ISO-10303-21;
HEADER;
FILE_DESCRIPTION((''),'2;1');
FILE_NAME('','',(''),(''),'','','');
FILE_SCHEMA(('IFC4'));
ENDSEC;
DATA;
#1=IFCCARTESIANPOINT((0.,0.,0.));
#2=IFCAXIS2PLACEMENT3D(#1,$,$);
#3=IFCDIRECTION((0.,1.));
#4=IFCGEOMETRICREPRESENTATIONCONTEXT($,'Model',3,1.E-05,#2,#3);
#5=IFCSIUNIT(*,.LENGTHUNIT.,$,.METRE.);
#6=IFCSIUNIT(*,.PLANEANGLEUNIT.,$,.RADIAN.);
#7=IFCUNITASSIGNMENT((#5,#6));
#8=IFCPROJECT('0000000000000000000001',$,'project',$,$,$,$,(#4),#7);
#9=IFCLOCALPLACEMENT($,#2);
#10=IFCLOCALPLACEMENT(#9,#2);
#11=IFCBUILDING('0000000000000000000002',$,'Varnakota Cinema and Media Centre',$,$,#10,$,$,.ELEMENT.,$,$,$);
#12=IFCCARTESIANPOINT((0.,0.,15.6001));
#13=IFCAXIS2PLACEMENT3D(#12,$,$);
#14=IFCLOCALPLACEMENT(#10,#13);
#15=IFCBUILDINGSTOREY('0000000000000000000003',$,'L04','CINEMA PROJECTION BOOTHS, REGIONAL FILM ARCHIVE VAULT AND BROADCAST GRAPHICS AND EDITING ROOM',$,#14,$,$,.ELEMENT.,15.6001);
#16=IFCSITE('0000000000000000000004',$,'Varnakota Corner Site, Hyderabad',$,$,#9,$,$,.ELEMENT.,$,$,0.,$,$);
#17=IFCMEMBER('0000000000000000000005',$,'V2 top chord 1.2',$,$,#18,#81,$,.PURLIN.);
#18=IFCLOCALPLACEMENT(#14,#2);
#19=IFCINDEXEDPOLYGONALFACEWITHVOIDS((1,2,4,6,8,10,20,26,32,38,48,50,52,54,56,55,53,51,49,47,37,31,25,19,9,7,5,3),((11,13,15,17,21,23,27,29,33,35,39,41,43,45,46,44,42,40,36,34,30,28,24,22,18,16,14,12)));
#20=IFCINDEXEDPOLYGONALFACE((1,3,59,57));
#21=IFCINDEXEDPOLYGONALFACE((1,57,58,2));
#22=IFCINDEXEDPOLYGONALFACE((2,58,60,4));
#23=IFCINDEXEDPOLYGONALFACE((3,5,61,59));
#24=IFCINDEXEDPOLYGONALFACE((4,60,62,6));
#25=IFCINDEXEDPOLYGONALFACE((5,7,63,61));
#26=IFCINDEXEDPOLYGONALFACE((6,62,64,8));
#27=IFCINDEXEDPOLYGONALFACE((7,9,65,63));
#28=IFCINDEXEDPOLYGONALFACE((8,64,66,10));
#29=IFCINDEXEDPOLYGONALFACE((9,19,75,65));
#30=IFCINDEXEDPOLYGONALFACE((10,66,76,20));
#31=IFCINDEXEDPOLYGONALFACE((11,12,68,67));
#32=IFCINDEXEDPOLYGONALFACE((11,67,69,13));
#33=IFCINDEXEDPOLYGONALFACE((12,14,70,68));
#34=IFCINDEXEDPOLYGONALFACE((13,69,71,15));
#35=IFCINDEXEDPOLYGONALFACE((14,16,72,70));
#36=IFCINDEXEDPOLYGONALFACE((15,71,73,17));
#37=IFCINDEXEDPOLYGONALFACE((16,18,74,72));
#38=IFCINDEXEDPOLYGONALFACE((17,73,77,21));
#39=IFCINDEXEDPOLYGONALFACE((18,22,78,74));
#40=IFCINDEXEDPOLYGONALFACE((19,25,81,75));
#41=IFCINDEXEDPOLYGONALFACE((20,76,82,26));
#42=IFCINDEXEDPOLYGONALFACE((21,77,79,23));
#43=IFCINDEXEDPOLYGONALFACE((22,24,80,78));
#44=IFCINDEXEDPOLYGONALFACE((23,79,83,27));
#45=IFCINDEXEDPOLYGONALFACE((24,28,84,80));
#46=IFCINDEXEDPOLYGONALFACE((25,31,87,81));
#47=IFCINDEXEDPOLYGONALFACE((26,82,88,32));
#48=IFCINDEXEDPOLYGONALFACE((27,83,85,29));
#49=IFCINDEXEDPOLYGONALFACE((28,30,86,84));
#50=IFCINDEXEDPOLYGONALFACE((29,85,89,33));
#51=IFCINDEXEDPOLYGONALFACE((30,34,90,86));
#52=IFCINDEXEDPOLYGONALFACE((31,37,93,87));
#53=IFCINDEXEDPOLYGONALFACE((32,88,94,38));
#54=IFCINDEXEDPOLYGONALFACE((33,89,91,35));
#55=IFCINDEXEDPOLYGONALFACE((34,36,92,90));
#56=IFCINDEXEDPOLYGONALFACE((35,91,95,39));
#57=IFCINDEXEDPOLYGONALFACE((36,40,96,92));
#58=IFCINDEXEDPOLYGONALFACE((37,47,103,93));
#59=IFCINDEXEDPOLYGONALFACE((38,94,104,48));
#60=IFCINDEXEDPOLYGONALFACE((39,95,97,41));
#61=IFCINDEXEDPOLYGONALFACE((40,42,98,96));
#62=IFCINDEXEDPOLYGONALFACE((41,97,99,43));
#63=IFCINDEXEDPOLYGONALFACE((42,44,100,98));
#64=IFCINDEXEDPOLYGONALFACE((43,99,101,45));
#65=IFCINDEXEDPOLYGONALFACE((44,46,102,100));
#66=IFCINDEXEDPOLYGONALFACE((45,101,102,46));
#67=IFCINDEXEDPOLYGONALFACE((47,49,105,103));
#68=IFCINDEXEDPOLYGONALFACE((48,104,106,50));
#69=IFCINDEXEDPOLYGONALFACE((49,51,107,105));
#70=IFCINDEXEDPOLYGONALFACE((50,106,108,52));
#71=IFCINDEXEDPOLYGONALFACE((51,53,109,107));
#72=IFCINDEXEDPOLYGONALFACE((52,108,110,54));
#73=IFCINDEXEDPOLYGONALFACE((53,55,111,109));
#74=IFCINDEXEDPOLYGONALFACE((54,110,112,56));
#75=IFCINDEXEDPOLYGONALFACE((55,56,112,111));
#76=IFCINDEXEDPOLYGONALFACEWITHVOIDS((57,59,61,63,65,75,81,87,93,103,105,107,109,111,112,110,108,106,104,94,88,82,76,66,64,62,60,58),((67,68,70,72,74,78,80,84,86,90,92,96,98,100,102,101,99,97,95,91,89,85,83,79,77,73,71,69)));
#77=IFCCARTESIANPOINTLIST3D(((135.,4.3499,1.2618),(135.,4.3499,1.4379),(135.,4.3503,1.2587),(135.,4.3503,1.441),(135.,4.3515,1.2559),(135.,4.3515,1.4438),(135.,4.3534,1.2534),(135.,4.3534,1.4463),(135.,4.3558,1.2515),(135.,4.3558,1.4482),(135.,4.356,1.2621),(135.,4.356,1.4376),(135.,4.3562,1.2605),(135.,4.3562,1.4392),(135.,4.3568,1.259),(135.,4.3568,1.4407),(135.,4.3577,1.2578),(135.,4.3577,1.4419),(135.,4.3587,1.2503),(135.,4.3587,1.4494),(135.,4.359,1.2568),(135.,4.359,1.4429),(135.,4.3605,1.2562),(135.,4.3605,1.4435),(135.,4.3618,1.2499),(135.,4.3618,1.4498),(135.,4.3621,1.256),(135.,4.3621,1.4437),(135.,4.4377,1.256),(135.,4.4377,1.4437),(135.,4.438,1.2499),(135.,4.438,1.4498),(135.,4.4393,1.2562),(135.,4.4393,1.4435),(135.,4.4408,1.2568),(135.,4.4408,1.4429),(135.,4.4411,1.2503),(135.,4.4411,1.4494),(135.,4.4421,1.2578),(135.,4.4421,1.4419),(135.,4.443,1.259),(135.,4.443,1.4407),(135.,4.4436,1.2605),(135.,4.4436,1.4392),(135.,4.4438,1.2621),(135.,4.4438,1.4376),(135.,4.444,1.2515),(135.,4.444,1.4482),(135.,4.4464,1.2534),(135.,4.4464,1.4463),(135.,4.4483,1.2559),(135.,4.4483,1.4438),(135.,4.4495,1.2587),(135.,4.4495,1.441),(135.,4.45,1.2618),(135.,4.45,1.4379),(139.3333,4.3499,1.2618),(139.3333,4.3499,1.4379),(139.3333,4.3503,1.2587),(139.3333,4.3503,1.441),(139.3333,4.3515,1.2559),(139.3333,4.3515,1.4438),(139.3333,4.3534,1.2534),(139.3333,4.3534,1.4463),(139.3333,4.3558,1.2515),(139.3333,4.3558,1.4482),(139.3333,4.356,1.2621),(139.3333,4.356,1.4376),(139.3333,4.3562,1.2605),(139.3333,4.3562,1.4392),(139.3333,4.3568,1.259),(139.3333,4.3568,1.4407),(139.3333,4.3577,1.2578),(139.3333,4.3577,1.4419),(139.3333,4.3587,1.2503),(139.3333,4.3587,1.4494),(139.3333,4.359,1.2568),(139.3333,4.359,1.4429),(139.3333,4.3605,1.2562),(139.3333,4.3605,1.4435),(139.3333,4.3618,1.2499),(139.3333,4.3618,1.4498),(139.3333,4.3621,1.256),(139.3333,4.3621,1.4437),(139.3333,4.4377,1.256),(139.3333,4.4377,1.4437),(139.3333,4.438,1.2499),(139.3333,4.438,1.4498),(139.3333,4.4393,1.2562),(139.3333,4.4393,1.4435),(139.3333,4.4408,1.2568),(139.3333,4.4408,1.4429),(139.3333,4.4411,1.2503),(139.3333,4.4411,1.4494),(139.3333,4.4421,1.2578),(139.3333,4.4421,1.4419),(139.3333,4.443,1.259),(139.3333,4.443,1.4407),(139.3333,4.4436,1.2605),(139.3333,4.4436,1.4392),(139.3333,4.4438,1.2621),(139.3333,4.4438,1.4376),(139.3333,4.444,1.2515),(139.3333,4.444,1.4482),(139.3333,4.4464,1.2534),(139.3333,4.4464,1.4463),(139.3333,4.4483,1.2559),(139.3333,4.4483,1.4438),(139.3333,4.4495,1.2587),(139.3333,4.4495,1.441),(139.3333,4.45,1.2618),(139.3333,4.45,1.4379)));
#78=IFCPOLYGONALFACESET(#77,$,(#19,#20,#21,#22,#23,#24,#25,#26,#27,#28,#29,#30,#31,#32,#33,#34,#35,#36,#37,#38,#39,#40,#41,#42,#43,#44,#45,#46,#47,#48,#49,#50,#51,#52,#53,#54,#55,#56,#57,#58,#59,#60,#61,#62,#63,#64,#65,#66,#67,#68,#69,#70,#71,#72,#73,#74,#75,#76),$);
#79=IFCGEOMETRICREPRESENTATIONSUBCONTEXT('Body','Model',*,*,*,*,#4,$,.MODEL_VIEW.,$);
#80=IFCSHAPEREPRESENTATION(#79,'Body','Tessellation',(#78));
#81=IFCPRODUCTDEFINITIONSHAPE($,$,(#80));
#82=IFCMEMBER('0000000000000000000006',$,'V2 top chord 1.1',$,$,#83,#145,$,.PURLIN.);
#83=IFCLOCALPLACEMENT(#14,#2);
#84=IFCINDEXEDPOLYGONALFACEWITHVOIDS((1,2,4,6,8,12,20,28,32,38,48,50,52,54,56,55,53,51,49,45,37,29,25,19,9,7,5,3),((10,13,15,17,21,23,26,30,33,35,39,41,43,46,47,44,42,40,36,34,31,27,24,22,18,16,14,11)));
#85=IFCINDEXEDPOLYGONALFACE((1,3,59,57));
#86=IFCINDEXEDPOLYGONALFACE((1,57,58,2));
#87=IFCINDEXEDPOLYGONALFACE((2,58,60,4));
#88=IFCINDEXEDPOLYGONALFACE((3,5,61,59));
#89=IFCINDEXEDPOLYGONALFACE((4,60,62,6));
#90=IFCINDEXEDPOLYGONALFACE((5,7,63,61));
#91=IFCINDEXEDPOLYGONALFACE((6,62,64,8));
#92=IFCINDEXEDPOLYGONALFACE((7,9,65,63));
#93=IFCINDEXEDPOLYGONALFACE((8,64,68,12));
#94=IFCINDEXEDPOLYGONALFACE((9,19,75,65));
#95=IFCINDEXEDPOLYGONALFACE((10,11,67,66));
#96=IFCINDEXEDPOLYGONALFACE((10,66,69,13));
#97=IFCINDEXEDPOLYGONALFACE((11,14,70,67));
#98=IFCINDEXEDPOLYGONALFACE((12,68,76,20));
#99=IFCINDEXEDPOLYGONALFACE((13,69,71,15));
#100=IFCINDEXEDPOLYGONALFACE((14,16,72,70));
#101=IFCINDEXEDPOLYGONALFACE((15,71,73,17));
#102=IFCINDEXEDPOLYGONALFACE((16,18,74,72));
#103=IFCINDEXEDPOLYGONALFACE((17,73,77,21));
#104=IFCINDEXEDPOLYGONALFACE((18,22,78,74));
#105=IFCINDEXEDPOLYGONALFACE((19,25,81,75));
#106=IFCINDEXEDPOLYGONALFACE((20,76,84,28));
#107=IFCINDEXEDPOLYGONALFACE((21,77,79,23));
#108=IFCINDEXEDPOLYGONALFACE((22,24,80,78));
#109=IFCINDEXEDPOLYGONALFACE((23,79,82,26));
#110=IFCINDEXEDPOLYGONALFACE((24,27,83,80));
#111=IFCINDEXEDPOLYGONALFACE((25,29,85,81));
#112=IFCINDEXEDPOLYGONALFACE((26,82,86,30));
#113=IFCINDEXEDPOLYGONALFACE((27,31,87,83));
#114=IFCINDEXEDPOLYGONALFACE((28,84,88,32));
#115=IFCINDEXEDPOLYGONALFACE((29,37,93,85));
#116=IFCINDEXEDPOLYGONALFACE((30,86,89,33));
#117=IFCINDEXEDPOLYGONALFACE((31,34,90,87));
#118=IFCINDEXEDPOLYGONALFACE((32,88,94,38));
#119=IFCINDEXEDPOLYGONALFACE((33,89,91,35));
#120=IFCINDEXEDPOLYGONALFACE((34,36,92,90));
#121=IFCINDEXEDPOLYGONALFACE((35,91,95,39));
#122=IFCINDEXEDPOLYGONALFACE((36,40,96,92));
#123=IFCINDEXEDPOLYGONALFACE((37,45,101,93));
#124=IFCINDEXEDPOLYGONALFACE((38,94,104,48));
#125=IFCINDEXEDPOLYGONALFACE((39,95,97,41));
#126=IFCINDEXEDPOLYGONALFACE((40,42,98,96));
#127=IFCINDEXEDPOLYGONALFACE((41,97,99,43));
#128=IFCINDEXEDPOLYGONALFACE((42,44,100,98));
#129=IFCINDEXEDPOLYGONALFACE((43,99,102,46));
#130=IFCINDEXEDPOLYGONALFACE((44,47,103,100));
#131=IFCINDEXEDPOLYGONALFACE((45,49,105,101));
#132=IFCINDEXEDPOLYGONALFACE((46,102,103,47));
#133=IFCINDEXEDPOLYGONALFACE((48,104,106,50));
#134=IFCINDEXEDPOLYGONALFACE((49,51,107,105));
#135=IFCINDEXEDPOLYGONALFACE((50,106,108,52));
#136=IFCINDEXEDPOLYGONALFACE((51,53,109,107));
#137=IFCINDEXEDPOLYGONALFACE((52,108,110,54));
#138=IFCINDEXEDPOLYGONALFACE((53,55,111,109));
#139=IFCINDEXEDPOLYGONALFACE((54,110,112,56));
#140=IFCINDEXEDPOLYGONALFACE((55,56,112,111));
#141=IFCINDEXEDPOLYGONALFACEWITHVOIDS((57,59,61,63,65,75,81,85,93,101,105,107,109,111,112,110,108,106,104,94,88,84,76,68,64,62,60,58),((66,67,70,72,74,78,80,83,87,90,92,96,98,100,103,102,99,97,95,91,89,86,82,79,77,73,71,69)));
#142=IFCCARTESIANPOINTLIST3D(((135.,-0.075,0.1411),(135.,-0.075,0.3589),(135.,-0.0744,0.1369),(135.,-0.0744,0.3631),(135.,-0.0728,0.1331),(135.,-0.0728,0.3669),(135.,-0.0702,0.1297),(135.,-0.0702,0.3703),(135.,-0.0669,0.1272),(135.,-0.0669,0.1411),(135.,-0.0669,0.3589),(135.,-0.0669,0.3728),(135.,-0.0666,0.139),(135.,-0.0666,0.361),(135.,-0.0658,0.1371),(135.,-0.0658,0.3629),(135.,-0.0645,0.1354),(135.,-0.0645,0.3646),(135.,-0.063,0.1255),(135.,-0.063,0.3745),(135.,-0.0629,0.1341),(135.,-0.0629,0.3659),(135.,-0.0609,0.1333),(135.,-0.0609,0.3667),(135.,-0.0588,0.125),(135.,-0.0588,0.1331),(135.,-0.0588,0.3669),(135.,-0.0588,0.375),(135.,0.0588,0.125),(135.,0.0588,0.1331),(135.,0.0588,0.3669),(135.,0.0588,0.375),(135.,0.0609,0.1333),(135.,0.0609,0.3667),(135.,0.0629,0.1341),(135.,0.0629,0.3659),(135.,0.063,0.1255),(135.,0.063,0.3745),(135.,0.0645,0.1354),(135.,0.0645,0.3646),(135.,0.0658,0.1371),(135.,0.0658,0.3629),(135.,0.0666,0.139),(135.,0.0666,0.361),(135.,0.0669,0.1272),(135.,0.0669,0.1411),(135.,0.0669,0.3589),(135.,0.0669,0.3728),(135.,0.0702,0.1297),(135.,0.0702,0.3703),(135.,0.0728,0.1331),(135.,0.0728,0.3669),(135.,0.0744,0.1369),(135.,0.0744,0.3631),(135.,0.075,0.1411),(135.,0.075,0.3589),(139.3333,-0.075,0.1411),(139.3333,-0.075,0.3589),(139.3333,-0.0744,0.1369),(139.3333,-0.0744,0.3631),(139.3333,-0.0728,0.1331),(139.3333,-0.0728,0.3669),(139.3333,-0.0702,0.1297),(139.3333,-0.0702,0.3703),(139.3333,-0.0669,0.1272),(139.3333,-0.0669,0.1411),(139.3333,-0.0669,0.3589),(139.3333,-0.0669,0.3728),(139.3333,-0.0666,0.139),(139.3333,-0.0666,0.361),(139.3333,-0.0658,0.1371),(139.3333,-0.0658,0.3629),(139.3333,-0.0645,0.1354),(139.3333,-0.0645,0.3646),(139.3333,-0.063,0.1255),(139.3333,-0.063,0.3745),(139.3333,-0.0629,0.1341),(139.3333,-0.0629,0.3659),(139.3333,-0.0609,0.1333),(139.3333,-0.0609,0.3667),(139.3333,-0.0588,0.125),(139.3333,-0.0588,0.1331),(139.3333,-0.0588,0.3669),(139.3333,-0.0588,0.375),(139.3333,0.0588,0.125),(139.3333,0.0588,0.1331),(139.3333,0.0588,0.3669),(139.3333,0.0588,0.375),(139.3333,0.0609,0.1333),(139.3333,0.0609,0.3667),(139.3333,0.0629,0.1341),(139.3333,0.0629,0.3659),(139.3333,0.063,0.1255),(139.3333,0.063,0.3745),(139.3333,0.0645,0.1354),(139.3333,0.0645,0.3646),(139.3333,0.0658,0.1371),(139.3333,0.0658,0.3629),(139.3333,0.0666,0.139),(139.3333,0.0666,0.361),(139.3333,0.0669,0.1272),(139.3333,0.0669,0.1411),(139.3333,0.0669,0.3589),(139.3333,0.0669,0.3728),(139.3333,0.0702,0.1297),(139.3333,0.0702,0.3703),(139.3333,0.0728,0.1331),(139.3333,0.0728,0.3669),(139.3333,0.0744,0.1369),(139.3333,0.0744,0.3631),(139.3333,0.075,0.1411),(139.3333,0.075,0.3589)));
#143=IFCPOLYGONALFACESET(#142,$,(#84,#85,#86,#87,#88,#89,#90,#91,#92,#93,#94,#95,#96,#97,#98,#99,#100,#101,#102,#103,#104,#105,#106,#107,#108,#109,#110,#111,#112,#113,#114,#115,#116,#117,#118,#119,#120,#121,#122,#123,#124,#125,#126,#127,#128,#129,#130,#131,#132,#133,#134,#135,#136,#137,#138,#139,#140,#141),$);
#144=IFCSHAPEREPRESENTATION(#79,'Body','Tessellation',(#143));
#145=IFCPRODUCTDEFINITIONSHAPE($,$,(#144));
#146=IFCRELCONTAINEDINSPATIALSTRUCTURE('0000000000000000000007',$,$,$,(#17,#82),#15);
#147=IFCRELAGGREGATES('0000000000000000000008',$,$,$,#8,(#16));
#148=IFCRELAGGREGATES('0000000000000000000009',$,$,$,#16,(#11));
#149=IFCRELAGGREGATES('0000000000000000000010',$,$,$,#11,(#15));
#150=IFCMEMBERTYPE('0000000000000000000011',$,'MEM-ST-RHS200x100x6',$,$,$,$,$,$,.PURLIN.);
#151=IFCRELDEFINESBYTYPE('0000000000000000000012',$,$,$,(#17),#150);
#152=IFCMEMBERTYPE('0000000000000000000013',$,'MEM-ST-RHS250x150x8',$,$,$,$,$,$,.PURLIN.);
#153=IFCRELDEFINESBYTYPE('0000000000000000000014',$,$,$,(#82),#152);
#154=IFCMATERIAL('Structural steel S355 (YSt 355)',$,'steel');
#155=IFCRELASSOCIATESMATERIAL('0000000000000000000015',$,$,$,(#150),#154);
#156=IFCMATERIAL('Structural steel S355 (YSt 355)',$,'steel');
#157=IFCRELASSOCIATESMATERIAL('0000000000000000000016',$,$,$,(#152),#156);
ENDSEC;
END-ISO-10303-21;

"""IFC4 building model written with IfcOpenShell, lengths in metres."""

from ifc_helpers import new_model, si_unit, direction, frame, origin, origin_2d, place, context, subcontext, project, spatial, hollow_rectangle, extrude, material, material_profile, profile_set, type_object, element, save


model = new_model("IFC4")

# Units and contexts
model_context = context("Model", 3, precision=1e-05, world=origin(), true_north=direction((0.0, 1.0)))
body_context = subcontext(model_context, "Body", "Model", "MODEL_VIEW")
ifc_project = project(units=[si_unit("LENGTHUNIT", "METRE"), si_unit("PLANEANGLEUNIT", "RADIAN")], contexts=[model_context])

# Site, building, storey
site_placement = place(None, origin())
site = spatial("IfcSite", under=ifc_project, at=site_placement, Name="Varnakota Corner Site, Hyderabad", CompositionType="ELEMENT", RefElevation=0.0)
building_placement = place(site_placement, origin())
building = spatial("IfcBuilding", under=site, at=building_placement, Name="Varnakota Cinema and Media Centre", CompositionType="ELEMENT")
storey_placement = place(building_placement, frame((0.0, 0.0, 15.6001)))
storey = spatial("IfcBuildingStorey", under=building, at=storey_placement, Name="L04", Description="CINEMA PROJECTION BOOTHS, REGIONAL FILM ARCHIVE VAULT AND BROADCAST GRAPHICS AND EDITING ROOM", CompositionType="ELEMENT", Elevation=15.6001)

# Members
ifc_material_1 = material(Name="Structural steel S355 (YSt 355)", Category="steel")
ifc_material_profile_1 = material_profile(ifc_material_1, hollow_rectangle(XDim=0.1001, YDim=0.2, WallThickness=0.0061, InnerFilletRadius=0.0061, OuterFilletRadius=0.012, at=origin_2d()), Name="RHS 200x100x6")
ifc_profile_set_1 = profile_set([ifc_material_profile_1], Name="Structural steel S355 (YSt 355)")
member_type_1 = type_object("IfcMemberType", Name="MEM-ST-RHS200x100x6", PredefinedType="PURLIN", material=ifc_profile_set_1)
member_1_placement = place(storey_placement, frame((135.0, 4.3999, 1.3499), z_axis=(1.0, 0.0, 0.0), x_axis=(0.0, 1.0, 0.0)))
element("IfcMember", 1, at=member_1_placement, inside=storey, type_object=member_type_1, Name="V2 top chord 1.2", PredefinedType="PURLIN", context=body_context, shape_type="SweptSolid", body=[
    extrude(hollow_rectangle(XDim=0.1001, YDim=0.2, WallThickness=0.0061, InnerFilletRadius=0.0061, OuterFilletRadius=0.012, at=origin_2d()), origin(), (0.0, 0.0, 1.0), 4.3333),
])
ifc_material_2 = material(Name="Structural steel S355 (YSt 355)", Category="steel")
ifc_material_profile_2 = material_profile(ifc_material_2, hollow_rectangle(XDim=0.1499, YDim=0.25, WallThickness=0.0081, InnerFilletRadius=0.0081, OuterFilletRadius=0.0161, at=origin_2d()), Name="RHS 250x150x8")
ifc_profile_set_2 = profile_set([ifc_material_profile_2], Name="Structural steel S355 (YSt 355)")
member_type_2 = type_object("IfcMemberType", Name="MEM-ST-RHS250x150x8", PredefinedType="PURLIN", material=ifc_profile_set_2)
member_2_placement = place(storey_placement, frame((135.0, 0.0, 0.25), z_axis=(1.0, 0.0, 0.0), x_axis=(0.0, 1.0, 0.0)))
element("IfcMember", 2, at=member_2_placement, inside=storey, type_object=member_type_2, Name="V2 top chord 1.1", PredefinedType="PURLIN", context=body_context, shape_type="SweptSolid", body=[
    extrude(hollow_rectangle(XDim=0.1499, YDim=0.25, WallThickness=0.0081, InnerFilletRadius=0.0081, OuterFilletRadius=0.0161, at=origin_2d()), origin(), (0.0, 0.0, 1.0), 4.3333),
])

save(model, "model.ifc")
